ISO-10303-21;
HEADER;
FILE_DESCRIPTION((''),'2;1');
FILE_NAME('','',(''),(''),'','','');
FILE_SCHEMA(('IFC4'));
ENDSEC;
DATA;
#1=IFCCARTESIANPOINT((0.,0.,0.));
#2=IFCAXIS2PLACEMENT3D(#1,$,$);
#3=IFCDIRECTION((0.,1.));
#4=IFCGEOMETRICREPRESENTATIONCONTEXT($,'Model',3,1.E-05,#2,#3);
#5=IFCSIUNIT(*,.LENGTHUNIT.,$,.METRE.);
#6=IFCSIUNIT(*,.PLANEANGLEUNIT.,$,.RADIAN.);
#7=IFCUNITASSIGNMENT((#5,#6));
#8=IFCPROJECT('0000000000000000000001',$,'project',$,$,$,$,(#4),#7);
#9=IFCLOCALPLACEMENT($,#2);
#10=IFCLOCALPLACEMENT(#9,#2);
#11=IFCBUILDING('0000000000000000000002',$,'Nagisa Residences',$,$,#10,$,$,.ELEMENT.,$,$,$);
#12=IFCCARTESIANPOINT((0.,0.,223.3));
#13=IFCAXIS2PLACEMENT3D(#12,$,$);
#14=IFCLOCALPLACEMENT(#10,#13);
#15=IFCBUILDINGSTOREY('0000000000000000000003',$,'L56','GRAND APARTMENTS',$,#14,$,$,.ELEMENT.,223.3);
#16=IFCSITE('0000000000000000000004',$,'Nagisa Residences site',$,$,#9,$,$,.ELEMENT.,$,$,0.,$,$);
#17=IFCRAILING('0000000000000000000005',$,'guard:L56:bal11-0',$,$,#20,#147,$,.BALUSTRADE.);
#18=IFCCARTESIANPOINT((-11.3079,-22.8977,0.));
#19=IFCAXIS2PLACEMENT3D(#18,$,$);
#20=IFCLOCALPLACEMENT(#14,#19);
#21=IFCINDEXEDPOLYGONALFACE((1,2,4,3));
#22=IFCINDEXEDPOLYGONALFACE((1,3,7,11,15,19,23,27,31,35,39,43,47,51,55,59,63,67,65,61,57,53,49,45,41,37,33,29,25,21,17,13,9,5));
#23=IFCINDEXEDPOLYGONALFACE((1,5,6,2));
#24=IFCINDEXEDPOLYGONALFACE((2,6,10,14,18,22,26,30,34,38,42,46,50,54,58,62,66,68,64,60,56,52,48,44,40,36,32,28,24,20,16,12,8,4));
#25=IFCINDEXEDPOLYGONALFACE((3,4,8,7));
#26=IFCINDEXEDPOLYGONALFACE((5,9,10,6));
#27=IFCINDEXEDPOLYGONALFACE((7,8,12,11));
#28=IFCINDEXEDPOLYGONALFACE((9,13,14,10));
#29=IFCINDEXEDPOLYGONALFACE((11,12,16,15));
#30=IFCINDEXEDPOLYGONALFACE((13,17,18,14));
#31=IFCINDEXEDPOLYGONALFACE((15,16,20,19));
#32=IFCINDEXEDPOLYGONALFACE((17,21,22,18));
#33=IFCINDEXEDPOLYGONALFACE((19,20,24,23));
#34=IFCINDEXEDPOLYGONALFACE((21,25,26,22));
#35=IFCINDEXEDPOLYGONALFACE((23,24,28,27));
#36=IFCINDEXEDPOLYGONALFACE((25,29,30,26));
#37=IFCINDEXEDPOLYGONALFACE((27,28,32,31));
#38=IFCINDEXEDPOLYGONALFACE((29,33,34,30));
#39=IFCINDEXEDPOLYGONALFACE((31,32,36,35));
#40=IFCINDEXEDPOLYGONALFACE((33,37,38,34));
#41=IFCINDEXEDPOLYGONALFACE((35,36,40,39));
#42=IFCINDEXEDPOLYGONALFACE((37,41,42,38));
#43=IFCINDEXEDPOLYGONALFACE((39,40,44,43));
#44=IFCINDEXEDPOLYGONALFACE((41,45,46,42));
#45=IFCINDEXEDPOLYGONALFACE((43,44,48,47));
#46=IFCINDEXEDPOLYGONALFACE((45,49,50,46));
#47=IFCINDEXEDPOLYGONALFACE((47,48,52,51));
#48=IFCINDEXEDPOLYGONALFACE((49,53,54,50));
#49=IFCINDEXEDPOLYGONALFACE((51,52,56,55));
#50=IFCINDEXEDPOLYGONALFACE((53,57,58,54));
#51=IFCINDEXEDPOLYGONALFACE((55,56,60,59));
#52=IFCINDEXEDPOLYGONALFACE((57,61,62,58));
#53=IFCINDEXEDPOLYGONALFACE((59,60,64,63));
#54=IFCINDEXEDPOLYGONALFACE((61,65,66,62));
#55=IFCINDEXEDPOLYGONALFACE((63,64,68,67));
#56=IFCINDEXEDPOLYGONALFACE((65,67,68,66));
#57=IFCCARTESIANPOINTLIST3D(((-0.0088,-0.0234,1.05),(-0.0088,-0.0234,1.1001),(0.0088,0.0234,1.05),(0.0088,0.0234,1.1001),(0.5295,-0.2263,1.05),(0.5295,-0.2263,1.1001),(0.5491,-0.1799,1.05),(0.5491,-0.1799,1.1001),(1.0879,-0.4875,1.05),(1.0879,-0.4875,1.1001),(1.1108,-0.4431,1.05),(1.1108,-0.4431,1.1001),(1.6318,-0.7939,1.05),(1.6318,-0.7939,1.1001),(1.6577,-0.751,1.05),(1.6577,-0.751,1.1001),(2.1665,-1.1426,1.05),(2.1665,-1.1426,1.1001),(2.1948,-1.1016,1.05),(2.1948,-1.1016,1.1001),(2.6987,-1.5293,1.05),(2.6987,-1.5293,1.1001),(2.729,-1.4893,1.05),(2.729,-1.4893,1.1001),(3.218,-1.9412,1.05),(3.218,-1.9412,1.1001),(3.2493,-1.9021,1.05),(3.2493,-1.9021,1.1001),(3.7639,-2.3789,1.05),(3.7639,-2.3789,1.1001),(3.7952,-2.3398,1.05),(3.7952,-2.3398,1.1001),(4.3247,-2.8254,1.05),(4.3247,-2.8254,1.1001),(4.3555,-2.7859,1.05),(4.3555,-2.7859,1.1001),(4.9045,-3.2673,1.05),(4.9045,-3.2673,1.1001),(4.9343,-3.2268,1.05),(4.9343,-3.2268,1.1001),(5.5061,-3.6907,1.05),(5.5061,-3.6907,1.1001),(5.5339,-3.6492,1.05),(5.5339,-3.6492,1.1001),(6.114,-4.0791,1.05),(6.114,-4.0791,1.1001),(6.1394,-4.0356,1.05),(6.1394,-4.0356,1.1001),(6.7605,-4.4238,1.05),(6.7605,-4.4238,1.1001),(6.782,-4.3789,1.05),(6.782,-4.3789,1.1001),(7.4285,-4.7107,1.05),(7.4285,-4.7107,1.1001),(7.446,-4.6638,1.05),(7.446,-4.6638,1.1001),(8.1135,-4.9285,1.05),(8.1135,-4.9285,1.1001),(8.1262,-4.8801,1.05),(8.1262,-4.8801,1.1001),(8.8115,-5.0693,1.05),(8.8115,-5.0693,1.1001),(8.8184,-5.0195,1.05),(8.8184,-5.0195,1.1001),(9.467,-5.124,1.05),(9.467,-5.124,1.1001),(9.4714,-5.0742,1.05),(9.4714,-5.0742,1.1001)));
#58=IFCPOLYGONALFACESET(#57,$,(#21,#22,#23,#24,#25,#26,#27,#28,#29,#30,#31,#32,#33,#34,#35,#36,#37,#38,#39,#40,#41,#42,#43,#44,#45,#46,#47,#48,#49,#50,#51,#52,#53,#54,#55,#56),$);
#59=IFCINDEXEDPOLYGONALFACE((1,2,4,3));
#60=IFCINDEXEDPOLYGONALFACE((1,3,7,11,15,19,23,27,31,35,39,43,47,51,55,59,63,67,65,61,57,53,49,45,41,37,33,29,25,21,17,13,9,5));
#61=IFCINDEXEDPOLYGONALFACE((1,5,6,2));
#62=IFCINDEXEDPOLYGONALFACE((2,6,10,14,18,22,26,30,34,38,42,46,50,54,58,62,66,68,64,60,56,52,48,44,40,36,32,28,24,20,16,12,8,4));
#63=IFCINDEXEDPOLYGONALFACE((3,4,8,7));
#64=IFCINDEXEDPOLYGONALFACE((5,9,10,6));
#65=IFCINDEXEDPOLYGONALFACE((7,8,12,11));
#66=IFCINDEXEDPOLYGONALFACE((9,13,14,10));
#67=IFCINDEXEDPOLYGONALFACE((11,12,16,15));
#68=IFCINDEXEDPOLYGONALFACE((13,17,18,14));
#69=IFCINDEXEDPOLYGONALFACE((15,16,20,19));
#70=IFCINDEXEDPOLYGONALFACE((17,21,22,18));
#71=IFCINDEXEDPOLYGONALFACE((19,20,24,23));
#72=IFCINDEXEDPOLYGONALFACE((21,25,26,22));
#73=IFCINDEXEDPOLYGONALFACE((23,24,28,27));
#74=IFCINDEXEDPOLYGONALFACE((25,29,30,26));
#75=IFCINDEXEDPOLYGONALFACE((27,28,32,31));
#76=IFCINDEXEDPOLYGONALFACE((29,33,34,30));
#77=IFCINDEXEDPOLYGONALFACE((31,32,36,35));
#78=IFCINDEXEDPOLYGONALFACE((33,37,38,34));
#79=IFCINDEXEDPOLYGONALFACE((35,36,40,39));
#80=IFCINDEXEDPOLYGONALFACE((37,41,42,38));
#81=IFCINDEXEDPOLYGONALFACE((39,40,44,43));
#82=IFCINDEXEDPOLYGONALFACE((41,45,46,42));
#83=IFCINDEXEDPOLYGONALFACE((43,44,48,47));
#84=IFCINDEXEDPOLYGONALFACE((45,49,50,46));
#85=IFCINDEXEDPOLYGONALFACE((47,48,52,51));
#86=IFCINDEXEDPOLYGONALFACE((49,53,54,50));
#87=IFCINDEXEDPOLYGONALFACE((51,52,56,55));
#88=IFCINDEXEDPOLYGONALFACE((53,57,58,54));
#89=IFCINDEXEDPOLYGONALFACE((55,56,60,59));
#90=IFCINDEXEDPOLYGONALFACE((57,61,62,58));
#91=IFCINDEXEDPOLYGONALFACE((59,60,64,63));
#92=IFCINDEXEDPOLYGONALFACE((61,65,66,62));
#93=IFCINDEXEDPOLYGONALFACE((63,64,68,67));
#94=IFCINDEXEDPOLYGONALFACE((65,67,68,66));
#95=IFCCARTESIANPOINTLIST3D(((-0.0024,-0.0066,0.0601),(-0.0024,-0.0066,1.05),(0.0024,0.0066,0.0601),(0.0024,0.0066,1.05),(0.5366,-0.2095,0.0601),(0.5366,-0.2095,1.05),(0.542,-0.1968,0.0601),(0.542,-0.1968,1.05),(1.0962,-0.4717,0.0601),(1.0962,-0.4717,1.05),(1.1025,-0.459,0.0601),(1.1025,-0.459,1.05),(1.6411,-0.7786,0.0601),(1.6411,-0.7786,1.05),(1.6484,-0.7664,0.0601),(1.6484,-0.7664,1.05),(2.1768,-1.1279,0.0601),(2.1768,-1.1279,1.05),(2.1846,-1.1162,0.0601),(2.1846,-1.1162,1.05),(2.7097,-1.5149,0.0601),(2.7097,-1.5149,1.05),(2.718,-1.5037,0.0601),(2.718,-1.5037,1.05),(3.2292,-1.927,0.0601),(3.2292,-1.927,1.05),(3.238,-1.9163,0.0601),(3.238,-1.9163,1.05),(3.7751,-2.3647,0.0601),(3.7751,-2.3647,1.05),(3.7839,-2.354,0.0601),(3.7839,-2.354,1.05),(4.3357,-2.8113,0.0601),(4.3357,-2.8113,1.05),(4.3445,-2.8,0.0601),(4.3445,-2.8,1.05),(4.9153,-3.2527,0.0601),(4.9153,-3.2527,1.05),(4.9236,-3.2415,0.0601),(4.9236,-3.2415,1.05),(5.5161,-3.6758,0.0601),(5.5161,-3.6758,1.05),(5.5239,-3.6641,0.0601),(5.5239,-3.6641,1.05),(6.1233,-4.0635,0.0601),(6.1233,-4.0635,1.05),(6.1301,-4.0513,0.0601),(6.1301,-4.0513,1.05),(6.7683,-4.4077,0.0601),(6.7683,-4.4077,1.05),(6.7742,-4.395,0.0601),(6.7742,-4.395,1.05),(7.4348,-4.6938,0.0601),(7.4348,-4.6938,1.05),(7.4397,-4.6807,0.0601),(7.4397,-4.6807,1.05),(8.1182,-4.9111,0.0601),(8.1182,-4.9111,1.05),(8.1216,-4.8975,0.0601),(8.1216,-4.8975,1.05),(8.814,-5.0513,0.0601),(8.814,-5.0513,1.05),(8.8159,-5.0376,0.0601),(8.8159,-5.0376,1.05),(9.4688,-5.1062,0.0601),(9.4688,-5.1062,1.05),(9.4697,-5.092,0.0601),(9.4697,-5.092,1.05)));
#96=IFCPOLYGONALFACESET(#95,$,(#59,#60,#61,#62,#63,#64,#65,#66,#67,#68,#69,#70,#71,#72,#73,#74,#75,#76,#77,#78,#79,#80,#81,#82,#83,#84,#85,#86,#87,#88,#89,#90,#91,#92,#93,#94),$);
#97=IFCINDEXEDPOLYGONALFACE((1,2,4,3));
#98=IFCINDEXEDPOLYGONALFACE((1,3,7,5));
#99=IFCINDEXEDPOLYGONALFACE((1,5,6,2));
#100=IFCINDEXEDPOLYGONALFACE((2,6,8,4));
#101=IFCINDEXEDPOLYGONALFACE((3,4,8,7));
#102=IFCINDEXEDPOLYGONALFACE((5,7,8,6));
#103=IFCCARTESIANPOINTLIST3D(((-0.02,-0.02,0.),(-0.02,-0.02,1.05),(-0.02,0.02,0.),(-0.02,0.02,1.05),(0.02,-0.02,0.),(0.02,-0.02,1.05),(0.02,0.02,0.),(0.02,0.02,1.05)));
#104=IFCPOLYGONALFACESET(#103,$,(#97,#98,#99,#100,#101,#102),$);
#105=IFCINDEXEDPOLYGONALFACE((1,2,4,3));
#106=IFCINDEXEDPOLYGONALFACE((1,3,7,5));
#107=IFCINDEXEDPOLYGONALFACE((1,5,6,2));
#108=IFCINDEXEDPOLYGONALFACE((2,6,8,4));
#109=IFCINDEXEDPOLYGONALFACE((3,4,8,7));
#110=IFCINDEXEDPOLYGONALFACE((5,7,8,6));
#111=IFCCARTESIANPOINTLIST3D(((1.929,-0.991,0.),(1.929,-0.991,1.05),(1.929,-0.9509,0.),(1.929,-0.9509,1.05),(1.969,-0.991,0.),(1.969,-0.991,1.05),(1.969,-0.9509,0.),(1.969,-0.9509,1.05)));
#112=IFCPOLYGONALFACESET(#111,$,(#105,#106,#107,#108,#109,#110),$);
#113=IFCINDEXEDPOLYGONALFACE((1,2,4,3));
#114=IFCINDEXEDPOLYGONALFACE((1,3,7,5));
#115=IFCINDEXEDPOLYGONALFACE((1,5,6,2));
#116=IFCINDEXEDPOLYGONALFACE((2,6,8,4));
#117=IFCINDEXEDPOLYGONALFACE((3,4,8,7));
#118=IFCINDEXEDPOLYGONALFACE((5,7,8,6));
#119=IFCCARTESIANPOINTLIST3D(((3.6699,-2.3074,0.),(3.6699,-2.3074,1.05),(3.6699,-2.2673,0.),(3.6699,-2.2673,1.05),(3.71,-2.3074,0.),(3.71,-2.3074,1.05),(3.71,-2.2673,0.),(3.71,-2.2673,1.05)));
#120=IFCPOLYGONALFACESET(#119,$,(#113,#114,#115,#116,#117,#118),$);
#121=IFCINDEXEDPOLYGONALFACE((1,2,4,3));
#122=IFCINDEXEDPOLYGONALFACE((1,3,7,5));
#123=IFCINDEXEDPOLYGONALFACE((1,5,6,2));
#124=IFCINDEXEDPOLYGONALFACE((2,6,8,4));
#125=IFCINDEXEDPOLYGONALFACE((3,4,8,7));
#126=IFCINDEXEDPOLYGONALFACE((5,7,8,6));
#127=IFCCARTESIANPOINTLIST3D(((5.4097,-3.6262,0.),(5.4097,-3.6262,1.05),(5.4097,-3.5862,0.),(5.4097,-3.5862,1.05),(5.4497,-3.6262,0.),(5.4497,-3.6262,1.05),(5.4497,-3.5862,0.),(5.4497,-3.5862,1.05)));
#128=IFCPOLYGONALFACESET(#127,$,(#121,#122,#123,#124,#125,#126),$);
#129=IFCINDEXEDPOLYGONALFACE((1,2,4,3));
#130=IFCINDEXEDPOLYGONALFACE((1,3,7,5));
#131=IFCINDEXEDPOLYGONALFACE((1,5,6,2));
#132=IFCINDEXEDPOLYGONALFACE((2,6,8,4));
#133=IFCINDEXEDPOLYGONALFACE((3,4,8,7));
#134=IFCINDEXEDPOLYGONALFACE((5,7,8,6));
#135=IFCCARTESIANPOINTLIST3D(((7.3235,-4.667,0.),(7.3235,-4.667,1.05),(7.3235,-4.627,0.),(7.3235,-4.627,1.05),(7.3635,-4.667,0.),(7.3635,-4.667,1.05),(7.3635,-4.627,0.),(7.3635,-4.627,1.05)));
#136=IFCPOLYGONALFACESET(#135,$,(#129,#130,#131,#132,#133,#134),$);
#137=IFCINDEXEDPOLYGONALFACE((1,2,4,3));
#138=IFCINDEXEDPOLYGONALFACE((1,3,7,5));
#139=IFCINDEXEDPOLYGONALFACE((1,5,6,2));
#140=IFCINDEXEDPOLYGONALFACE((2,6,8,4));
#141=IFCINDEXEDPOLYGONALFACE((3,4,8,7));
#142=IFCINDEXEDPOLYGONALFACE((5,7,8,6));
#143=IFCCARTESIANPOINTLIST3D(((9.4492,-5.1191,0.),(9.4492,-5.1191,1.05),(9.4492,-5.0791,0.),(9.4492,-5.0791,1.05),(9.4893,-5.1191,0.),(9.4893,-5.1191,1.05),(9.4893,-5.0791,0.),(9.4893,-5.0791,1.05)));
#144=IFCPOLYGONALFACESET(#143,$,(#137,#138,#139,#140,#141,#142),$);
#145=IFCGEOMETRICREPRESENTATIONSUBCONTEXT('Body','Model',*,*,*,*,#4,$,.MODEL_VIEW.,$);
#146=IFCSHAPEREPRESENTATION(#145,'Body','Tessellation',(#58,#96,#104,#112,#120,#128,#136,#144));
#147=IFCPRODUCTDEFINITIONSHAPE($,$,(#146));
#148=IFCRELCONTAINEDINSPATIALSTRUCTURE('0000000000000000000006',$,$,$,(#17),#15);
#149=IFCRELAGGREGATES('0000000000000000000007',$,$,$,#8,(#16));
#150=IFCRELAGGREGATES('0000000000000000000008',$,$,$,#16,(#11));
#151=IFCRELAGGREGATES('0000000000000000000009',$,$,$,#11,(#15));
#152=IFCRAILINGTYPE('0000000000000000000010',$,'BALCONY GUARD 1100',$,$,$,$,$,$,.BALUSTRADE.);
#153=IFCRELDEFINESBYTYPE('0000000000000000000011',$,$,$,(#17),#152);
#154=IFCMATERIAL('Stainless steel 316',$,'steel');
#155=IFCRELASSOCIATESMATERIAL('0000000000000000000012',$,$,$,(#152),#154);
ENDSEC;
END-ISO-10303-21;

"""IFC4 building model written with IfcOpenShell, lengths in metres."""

from ifc_helpers import new_model, si_unit, direction, frame, origin, origin_2d, place, context, subcontext, project, spatial, polyline, rectangle, outline, extrude, material, type_object, element, save


model = new_model("IFC4")

# Units and contexts
model_context = context("Model", 3, precision=1e-05, world=origin(), true_north=direction((0.0, 1.0)))
body_context = subcontext(model_context, "Body", "Model", "MODEL_VIEW")
ifc_project = project(units=[si_unit("LENGTHUNIT", "METRE"), si_unit("PLANEANGLEUNIT", "RADIAN")], contexts=[model_context])

# Site, building, storey
site_placement = place(None, origin())
site = spatial("IfcSite", under=ifc_project, at=site_placement, Name="Nagisa Residences site", CompositionType="ELEMENT", RefElevation=0.0)
building_placement = place(site_placement, origin())
building = spatial("IfcBuilding", under=site, at=building_placement, Name="Nagisa Residences", CompositionType="ELEMENT")
storey_placement = place(building_placement, frame((0.0, 0.0, 223.3)))
storey = spatial("IfcBuildingStorey", under=building, at=storey_placement, Name="L56", Description="GRAND APARTMENTS", CompositionType="ELEMENT", Elevation=223.3)

# Railing
ifc_material_1 = material(Name="Stainless steel 316", Category="steel")
railing_type = type_object("IfcRailingType", Name="BALCONY GUARD 1100", PredefinedType="BALUSTRADE", material=ifc_material_1)
railing_1_placement = place(storey_placement, frame((-11.3079, -22.8977, 0.0)))
element("IfcRailing", 1, at=railing_1_placement, inside=storey, type_object=railing_type, Name="guard:L56:bal11-0", PredefinedType="BALUSTRADE", context=body_context, shape_type="SweptSolid", body=[
    extrude(outline(polyline([(0.5491, -0.1799), (0.0088, 0.0234), (-0.0088, -0.0234), (0.5295, -0.2263), (1.0879, -0.4875), (1.6318, -0.7939), (2.1665, -1.1426), (2.6987, -1.5293), (3.218, -1.9412), (3.7639, -2.3789), (4.3247, -2.8254), (4.9045, -3.2673), (5.5061, -3.6907), (6.114, -4.0791), (6.7605, -4.4238), (7.4285, -4.7107), (8.1135, -4.9285), (8.8115, -5.0693), (9.467, -5.124), (9.4714, -5.0742), (8.8184, -5.0195), (8.1262, -4.8801), (7.446, -4.6638), (6.782, -4.3789), (6.1394, -4.0356), (5.5339, -3.6492), (4.9343, -3.2268), (4.3555, -2.7859), (3.7952, -2.3398), (3.2493, -1.9021), (2.729, -1.4893), (2.1948, -1.1016), (1.6577, -0.751), (1.1108, -0.4431), (0.5491, -0.1799)])), frame((0.0, 0.0, 1.05)), (0.0, 0.0, 1.0), 0.05),
    extrude(outline(polyline([(0.542, -0.1968), (0.0024, 0.0066), (-0.0024, -0.0066), (0.5366, -0.2095), (1.0962, -0.4717), (1.6411, -0.7786), (2.1768, -1.1279), (2.7097, -1.5149), (3.2292, -1.927), (3.7751, -2.3647), (4.3357, -2.8113), (4.9153, -3.2527), (5.5161, -3.6758), (6.1233, -4.0635), (6.7683, -4.4077), (7.4348, -4.6938), (8.1182, -4.9111), (8.814, -5.0513), (9.4688, -5.1062), (9.4697, -5.092), (8.8159, -5.0376), (8.1216, -4.8975), (7.4397, -4.6807), (6.7742, -4.395), (6.1301, -4.0513), (5.5239, -3.6641), (4.9236, -3.2415), (4.3445, -2.8), (3.7839, -2.354), (3.238, -1.9163), (2.718, -1.5037), (2.1846, -1.1162), (1.6484, -0.7664), (1.1025, -0.459), (0.542, -0.1968)])), frame((0.0, 0.0, 0.0601)), (0.0, 0.0, 1.0), 0.99),
    extrude(rectangle(XDim=0.04, YDim=0.04, at=origin_2d()), origin(), (0.0, 0.0, 1.0), 1.05),
    extrude(rectangle(XDim=0.04, YDim=0.04, at=origin_2d()), frame((1.949, -0.9709, 0.0)), (0.0, 0.0, 1.0), 1.05),
    extrude(rectangle(XDim=0.04, YDim=0.04, at=origin_2d()), frame((3.6899, -2.2874, 0.0)), (0.0, 0.0, 1.0), 1.05),
    extrude(rectangle(XDim=0.04, YDim=0.04, at=origin_2d()), frame((5.4297, -3.6062, 0.0)), (0.0, 0.0, 1.0), 1.05),
    extrude(rectangle(XDim=0.04, YDim=0.04, at=origin_2d()), frame((7.3435, -4.647, 0.0)), (0.0, 0.0, 1.0), 1.05),
    extrude(rectangle(XDim=0.04, YDim=0.04, at=origin_2d()), frame((9.4692, -5.0991, 0.0)), (0.0, 0.0, 1.0), 1.05),
])

save(model, "model.ifc")
